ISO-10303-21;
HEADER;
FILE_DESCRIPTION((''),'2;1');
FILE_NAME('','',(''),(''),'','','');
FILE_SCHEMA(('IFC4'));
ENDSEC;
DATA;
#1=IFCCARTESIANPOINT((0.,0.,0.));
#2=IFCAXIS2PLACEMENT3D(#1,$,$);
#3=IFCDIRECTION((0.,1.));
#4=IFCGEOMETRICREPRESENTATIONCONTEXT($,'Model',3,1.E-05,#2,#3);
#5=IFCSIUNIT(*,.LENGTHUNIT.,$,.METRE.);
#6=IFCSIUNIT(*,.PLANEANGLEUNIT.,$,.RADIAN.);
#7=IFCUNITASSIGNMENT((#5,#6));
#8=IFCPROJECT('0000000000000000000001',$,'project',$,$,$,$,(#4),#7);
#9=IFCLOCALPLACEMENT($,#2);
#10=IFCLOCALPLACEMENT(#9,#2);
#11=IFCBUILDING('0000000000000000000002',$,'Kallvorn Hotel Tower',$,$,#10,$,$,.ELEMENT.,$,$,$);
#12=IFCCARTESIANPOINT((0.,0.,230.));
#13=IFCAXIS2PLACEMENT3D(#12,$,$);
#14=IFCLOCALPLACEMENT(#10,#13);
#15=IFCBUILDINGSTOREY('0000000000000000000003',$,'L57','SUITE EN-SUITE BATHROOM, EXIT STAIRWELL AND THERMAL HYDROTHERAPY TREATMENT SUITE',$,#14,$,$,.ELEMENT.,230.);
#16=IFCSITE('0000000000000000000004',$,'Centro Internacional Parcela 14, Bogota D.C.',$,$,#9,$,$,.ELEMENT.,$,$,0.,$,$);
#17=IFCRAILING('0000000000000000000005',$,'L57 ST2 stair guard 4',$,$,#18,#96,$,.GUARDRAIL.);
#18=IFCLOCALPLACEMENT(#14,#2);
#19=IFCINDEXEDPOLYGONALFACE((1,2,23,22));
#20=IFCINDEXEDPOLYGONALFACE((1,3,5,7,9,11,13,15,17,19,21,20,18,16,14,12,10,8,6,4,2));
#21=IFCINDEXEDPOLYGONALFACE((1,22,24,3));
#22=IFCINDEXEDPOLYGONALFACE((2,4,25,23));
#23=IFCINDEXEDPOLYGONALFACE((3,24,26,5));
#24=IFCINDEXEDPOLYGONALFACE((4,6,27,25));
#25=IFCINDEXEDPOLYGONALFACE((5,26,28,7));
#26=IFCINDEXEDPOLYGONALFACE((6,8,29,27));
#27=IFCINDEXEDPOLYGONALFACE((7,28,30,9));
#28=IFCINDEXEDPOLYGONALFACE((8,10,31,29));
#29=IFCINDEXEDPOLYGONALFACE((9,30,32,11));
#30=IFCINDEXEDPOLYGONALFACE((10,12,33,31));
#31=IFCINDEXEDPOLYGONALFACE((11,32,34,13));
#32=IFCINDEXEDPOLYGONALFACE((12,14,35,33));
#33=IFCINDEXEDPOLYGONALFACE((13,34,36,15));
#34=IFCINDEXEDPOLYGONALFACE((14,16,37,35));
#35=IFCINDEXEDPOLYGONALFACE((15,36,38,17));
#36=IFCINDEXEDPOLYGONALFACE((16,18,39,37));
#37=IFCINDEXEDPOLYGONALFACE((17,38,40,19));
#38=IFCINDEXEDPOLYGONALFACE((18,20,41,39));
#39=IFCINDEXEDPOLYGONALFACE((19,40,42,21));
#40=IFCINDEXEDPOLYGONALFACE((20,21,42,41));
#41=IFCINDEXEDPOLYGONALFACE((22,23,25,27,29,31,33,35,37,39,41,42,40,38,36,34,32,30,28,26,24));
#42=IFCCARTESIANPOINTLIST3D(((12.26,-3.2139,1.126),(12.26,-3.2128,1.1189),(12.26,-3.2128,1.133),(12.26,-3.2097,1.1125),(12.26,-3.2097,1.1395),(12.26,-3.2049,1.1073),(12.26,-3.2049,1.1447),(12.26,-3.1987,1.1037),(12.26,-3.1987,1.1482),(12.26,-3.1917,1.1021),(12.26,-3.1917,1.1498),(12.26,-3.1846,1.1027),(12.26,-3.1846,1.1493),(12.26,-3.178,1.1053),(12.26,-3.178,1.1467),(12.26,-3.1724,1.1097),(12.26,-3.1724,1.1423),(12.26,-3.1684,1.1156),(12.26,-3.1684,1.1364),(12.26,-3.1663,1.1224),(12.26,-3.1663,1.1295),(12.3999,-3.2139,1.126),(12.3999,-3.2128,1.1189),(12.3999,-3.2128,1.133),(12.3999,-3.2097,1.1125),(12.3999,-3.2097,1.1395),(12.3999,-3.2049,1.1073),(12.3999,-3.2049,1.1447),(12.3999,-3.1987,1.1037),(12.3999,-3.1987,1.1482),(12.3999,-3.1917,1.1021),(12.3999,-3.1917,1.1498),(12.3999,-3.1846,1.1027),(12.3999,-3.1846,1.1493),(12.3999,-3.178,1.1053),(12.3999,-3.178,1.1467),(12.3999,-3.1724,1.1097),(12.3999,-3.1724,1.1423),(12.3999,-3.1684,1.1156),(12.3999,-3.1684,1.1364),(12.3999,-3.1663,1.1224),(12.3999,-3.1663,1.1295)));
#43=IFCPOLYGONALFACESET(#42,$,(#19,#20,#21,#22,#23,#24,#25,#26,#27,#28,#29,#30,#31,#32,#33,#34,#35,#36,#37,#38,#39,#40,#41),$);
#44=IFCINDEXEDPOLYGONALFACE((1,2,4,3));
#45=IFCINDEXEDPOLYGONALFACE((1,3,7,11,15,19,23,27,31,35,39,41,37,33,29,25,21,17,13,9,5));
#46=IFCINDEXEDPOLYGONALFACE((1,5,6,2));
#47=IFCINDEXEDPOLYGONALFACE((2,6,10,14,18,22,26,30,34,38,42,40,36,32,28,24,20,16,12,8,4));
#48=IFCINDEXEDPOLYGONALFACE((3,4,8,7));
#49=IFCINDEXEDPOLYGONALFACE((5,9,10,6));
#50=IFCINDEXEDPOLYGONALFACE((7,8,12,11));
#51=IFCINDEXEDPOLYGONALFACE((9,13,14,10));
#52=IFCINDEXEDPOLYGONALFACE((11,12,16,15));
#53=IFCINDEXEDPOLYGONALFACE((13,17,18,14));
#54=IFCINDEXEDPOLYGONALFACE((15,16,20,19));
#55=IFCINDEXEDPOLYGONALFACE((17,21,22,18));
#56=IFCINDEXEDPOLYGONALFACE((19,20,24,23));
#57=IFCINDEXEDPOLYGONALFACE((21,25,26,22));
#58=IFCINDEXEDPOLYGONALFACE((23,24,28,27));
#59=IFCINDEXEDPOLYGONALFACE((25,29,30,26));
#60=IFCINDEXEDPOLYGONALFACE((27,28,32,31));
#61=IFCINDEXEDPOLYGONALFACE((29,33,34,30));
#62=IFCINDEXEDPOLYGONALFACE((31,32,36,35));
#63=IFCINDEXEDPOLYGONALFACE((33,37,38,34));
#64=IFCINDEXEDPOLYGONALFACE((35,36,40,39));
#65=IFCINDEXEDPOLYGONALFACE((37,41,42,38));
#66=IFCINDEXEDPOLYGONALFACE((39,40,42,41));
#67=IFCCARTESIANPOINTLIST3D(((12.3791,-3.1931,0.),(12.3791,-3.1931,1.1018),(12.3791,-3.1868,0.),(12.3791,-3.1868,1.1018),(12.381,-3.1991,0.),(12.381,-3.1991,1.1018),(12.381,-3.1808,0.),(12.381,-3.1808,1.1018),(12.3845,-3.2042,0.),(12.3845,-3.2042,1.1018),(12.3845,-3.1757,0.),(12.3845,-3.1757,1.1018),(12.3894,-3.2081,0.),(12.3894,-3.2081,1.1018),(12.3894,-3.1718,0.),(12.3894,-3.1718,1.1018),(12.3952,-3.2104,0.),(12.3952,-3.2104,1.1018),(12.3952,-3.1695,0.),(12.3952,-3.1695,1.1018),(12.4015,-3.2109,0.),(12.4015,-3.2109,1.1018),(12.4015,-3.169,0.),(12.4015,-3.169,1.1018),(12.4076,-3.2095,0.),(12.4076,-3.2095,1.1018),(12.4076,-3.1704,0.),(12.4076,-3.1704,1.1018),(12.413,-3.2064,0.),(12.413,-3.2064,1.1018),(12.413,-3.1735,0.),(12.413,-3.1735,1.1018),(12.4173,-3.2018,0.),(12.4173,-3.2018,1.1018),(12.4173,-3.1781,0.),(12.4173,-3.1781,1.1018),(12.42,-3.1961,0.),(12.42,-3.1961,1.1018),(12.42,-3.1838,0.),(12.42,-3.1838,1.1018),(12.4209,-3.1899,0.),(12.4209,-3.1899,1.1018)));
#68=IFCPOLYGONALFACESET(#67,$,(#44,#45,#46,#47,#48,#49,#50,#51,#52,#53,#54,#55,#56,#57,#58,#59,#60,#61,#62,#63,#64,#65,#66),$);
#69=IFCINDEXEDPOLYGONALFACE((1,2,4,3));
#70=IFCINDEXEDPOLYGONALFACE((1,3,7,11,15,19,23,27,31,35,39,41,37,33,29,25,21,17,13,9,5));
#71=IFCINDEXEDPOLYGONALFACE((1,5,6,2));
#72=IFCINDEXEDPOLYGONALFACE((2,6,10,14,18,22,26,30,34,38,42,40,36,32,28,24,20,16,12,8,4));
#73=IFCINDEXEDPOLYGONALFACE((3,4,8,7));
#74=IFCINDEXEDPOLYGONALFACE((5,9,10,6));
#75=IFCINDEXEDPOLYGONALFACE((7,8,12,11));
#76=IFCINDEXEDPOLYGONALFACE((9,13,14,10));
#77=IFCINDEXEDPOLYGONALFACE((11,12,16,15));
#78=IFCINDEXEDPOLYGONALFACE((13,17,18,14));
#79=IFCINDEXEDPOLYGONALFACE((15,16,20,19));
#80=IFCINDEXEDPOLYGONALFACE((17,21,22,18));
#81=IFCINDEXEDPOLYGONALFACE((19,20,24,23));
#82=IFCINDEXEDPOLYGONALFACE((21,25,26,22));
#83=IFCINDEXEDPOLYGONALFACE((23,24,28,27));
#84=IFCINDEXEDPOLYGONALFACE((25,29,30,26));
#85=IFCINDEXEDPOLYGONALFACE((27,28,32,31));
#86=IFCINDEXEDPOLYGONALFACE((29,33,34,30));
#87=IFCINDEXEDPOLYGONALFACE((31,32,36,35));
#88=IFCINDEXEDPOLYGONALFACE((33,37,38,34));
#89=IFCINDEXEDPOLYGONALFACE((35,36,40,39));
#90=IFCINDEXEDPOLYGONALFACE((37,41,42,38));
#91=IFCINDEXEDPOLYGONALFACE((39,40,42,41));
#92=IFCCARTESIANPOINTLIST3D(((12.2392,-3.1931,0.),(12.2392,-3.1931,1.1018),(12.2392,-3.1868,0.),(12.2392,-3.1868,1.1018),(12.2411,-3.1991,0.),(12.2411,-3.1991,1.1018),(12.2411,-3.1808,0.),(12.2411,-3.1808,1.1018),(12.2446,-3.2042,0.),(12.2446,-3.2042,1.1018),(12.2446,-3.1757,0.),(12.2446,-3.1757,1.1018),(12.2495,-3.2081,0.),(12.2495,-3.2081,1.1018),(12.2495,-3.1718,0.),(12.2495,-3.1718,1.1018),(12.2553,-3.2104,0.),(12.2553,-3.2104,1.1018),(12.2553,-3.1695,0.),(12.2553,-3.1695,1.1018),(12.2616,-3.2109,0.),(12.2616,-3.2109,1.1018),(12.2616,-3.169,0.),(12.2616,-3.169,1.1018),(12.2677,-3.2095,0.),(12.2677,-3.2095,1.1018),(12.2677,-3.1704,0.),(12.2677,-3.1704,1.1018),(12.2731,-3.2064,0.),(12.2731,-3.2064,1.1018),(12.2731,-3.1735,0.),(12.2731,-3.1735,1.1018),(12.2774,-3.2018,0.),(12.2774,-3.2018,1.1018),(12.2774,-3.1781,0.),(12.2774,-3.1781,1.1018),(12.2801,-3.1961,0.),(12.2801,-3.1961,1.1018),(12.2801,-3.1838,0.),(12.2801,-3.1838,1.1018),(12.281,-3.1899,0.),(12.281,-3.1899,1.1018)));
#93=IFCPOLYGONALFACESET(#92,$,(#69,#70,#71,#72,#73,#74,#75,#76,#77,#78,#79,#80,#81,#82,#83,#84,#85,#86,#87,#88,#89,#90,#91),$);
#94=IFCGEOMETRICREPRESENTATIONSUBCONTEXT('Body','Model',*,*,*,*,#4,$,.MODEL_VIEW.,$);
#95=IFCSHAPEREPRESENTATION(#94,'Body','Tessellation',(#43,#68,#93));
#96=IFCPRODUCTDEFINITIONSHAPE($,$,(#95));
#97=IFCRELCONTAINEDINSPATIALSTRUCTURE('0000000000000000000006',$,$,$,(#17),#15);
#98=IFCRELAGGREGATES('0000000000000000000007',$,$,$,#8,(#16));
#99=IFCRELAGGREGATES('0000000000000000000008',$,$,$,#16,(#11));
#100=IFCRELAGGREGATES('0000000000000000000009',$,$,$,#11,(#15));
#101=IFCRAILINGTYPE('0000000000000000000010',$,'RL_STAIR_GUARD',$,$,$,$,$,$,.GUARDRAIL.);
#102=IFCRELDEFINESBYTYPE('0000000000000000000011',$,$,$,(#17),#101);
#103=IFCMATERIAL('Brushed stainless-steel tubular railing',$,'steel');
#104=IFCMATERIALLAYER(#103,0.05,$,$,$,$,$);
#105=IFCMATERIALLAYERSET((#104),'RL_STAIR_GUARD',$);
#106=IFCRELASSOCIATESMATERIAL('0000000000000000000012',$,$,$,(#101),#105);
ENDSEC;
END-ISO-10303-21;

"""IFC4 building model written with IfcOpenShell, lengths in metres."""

from ifc_helpers import new_model, si_unit, direction, frame, origin, origin_2d, place, context, subcontext, project, spatial, circle, extrude, material, layer, layer_set, type_object, element, save


model = new_model("IFC4")

# Units and contexts
model_context = context("Model", 3, precision=1e-05, world=origin(), true_north=direction((0.0, 1.0)))
body_context = subcontext(model_context, "Body", "Model", "MODEL_VIEW")
ifc_project = project(units=[si_unit("LENGTHUNIT", "METRE"), si_unit("PLANEANGLEUNIT", "RADIAN")], contexts=[model_context])

# Site, building, storey
site_placement = place(None, origin())
site = spatial("IfcSite", under=ifc_project, at=site_placement, Name="Centro Internacional Parcela 14, Bogota D.C.", CompositionType="ELEMENT", RefElevation=0.0)
building_placement = place(site_placement, origin())
building = spatial("IfcBuilding", under=site, at=building_placement, Name="Kallvorn Hotel Tower", CompositionType="ELEMENT")
storey_placement = place(building_placement, frame((0.0, 0.0, 230.0)))
storey = spatial("IfcBuildingStorey", under=building, at=storey_placement, Name="L57", Description="SUITE EN-SUITE BATHROOM, EXIT STAIRWELL AND THERMAL HYDROTHERAPY TREATMENT SUITE", CompositionType="ELEMENT", Elevation=230.0)

# Railing
ifc_material_1 = material(Name="Brushed stainless-steel tubular railing", Category="steel")
ifc_layer_1 = layer(ifc_material_1, 0.05)
ifc_layer_set_1 = layer_set([ifc_layer_1], Name="RL_STAIR_GUARD")
railing_type_1 = type_object("IfcRailingType", Name="RL_STAIR_GUARD", PredefinedType="GUARDRAIL", material=ifc_layer_set_1)
railing_1_placement = place(storey_placement, frame((12.3999, -3.1899, 0.0)))
element("IfcRailing", 1, at=railing_1_placement, inside=storey, type_object=railing_type_1, Name="L57 ST2 stair guard 4", PredefinedType="GUARDRAIL", context=body_context, shape_type="SweptSolid", body=[
    extrude(circle(Radius=0.0239, at=origin_2d()), frame((0.0, 0.0, 1.126), z_axis=(-1.0, 0.0, 0.0), x_axis=(0.0, -1.0, 0.0)), (0.0, 0.0, 1.0), 0.1399),
    extrude(circle(Radius=0.021, at=origin_2d()), origin(), (0.0, 0.0, 1.0), 1.1018),
    extrude(circle(Radius=0.021, at=origin_2d()), frame((-0.1399, 0.0, 0.0)), (0.0, 0.0, 1.0), 1.1018),
])

save(model, "model.ifc")
